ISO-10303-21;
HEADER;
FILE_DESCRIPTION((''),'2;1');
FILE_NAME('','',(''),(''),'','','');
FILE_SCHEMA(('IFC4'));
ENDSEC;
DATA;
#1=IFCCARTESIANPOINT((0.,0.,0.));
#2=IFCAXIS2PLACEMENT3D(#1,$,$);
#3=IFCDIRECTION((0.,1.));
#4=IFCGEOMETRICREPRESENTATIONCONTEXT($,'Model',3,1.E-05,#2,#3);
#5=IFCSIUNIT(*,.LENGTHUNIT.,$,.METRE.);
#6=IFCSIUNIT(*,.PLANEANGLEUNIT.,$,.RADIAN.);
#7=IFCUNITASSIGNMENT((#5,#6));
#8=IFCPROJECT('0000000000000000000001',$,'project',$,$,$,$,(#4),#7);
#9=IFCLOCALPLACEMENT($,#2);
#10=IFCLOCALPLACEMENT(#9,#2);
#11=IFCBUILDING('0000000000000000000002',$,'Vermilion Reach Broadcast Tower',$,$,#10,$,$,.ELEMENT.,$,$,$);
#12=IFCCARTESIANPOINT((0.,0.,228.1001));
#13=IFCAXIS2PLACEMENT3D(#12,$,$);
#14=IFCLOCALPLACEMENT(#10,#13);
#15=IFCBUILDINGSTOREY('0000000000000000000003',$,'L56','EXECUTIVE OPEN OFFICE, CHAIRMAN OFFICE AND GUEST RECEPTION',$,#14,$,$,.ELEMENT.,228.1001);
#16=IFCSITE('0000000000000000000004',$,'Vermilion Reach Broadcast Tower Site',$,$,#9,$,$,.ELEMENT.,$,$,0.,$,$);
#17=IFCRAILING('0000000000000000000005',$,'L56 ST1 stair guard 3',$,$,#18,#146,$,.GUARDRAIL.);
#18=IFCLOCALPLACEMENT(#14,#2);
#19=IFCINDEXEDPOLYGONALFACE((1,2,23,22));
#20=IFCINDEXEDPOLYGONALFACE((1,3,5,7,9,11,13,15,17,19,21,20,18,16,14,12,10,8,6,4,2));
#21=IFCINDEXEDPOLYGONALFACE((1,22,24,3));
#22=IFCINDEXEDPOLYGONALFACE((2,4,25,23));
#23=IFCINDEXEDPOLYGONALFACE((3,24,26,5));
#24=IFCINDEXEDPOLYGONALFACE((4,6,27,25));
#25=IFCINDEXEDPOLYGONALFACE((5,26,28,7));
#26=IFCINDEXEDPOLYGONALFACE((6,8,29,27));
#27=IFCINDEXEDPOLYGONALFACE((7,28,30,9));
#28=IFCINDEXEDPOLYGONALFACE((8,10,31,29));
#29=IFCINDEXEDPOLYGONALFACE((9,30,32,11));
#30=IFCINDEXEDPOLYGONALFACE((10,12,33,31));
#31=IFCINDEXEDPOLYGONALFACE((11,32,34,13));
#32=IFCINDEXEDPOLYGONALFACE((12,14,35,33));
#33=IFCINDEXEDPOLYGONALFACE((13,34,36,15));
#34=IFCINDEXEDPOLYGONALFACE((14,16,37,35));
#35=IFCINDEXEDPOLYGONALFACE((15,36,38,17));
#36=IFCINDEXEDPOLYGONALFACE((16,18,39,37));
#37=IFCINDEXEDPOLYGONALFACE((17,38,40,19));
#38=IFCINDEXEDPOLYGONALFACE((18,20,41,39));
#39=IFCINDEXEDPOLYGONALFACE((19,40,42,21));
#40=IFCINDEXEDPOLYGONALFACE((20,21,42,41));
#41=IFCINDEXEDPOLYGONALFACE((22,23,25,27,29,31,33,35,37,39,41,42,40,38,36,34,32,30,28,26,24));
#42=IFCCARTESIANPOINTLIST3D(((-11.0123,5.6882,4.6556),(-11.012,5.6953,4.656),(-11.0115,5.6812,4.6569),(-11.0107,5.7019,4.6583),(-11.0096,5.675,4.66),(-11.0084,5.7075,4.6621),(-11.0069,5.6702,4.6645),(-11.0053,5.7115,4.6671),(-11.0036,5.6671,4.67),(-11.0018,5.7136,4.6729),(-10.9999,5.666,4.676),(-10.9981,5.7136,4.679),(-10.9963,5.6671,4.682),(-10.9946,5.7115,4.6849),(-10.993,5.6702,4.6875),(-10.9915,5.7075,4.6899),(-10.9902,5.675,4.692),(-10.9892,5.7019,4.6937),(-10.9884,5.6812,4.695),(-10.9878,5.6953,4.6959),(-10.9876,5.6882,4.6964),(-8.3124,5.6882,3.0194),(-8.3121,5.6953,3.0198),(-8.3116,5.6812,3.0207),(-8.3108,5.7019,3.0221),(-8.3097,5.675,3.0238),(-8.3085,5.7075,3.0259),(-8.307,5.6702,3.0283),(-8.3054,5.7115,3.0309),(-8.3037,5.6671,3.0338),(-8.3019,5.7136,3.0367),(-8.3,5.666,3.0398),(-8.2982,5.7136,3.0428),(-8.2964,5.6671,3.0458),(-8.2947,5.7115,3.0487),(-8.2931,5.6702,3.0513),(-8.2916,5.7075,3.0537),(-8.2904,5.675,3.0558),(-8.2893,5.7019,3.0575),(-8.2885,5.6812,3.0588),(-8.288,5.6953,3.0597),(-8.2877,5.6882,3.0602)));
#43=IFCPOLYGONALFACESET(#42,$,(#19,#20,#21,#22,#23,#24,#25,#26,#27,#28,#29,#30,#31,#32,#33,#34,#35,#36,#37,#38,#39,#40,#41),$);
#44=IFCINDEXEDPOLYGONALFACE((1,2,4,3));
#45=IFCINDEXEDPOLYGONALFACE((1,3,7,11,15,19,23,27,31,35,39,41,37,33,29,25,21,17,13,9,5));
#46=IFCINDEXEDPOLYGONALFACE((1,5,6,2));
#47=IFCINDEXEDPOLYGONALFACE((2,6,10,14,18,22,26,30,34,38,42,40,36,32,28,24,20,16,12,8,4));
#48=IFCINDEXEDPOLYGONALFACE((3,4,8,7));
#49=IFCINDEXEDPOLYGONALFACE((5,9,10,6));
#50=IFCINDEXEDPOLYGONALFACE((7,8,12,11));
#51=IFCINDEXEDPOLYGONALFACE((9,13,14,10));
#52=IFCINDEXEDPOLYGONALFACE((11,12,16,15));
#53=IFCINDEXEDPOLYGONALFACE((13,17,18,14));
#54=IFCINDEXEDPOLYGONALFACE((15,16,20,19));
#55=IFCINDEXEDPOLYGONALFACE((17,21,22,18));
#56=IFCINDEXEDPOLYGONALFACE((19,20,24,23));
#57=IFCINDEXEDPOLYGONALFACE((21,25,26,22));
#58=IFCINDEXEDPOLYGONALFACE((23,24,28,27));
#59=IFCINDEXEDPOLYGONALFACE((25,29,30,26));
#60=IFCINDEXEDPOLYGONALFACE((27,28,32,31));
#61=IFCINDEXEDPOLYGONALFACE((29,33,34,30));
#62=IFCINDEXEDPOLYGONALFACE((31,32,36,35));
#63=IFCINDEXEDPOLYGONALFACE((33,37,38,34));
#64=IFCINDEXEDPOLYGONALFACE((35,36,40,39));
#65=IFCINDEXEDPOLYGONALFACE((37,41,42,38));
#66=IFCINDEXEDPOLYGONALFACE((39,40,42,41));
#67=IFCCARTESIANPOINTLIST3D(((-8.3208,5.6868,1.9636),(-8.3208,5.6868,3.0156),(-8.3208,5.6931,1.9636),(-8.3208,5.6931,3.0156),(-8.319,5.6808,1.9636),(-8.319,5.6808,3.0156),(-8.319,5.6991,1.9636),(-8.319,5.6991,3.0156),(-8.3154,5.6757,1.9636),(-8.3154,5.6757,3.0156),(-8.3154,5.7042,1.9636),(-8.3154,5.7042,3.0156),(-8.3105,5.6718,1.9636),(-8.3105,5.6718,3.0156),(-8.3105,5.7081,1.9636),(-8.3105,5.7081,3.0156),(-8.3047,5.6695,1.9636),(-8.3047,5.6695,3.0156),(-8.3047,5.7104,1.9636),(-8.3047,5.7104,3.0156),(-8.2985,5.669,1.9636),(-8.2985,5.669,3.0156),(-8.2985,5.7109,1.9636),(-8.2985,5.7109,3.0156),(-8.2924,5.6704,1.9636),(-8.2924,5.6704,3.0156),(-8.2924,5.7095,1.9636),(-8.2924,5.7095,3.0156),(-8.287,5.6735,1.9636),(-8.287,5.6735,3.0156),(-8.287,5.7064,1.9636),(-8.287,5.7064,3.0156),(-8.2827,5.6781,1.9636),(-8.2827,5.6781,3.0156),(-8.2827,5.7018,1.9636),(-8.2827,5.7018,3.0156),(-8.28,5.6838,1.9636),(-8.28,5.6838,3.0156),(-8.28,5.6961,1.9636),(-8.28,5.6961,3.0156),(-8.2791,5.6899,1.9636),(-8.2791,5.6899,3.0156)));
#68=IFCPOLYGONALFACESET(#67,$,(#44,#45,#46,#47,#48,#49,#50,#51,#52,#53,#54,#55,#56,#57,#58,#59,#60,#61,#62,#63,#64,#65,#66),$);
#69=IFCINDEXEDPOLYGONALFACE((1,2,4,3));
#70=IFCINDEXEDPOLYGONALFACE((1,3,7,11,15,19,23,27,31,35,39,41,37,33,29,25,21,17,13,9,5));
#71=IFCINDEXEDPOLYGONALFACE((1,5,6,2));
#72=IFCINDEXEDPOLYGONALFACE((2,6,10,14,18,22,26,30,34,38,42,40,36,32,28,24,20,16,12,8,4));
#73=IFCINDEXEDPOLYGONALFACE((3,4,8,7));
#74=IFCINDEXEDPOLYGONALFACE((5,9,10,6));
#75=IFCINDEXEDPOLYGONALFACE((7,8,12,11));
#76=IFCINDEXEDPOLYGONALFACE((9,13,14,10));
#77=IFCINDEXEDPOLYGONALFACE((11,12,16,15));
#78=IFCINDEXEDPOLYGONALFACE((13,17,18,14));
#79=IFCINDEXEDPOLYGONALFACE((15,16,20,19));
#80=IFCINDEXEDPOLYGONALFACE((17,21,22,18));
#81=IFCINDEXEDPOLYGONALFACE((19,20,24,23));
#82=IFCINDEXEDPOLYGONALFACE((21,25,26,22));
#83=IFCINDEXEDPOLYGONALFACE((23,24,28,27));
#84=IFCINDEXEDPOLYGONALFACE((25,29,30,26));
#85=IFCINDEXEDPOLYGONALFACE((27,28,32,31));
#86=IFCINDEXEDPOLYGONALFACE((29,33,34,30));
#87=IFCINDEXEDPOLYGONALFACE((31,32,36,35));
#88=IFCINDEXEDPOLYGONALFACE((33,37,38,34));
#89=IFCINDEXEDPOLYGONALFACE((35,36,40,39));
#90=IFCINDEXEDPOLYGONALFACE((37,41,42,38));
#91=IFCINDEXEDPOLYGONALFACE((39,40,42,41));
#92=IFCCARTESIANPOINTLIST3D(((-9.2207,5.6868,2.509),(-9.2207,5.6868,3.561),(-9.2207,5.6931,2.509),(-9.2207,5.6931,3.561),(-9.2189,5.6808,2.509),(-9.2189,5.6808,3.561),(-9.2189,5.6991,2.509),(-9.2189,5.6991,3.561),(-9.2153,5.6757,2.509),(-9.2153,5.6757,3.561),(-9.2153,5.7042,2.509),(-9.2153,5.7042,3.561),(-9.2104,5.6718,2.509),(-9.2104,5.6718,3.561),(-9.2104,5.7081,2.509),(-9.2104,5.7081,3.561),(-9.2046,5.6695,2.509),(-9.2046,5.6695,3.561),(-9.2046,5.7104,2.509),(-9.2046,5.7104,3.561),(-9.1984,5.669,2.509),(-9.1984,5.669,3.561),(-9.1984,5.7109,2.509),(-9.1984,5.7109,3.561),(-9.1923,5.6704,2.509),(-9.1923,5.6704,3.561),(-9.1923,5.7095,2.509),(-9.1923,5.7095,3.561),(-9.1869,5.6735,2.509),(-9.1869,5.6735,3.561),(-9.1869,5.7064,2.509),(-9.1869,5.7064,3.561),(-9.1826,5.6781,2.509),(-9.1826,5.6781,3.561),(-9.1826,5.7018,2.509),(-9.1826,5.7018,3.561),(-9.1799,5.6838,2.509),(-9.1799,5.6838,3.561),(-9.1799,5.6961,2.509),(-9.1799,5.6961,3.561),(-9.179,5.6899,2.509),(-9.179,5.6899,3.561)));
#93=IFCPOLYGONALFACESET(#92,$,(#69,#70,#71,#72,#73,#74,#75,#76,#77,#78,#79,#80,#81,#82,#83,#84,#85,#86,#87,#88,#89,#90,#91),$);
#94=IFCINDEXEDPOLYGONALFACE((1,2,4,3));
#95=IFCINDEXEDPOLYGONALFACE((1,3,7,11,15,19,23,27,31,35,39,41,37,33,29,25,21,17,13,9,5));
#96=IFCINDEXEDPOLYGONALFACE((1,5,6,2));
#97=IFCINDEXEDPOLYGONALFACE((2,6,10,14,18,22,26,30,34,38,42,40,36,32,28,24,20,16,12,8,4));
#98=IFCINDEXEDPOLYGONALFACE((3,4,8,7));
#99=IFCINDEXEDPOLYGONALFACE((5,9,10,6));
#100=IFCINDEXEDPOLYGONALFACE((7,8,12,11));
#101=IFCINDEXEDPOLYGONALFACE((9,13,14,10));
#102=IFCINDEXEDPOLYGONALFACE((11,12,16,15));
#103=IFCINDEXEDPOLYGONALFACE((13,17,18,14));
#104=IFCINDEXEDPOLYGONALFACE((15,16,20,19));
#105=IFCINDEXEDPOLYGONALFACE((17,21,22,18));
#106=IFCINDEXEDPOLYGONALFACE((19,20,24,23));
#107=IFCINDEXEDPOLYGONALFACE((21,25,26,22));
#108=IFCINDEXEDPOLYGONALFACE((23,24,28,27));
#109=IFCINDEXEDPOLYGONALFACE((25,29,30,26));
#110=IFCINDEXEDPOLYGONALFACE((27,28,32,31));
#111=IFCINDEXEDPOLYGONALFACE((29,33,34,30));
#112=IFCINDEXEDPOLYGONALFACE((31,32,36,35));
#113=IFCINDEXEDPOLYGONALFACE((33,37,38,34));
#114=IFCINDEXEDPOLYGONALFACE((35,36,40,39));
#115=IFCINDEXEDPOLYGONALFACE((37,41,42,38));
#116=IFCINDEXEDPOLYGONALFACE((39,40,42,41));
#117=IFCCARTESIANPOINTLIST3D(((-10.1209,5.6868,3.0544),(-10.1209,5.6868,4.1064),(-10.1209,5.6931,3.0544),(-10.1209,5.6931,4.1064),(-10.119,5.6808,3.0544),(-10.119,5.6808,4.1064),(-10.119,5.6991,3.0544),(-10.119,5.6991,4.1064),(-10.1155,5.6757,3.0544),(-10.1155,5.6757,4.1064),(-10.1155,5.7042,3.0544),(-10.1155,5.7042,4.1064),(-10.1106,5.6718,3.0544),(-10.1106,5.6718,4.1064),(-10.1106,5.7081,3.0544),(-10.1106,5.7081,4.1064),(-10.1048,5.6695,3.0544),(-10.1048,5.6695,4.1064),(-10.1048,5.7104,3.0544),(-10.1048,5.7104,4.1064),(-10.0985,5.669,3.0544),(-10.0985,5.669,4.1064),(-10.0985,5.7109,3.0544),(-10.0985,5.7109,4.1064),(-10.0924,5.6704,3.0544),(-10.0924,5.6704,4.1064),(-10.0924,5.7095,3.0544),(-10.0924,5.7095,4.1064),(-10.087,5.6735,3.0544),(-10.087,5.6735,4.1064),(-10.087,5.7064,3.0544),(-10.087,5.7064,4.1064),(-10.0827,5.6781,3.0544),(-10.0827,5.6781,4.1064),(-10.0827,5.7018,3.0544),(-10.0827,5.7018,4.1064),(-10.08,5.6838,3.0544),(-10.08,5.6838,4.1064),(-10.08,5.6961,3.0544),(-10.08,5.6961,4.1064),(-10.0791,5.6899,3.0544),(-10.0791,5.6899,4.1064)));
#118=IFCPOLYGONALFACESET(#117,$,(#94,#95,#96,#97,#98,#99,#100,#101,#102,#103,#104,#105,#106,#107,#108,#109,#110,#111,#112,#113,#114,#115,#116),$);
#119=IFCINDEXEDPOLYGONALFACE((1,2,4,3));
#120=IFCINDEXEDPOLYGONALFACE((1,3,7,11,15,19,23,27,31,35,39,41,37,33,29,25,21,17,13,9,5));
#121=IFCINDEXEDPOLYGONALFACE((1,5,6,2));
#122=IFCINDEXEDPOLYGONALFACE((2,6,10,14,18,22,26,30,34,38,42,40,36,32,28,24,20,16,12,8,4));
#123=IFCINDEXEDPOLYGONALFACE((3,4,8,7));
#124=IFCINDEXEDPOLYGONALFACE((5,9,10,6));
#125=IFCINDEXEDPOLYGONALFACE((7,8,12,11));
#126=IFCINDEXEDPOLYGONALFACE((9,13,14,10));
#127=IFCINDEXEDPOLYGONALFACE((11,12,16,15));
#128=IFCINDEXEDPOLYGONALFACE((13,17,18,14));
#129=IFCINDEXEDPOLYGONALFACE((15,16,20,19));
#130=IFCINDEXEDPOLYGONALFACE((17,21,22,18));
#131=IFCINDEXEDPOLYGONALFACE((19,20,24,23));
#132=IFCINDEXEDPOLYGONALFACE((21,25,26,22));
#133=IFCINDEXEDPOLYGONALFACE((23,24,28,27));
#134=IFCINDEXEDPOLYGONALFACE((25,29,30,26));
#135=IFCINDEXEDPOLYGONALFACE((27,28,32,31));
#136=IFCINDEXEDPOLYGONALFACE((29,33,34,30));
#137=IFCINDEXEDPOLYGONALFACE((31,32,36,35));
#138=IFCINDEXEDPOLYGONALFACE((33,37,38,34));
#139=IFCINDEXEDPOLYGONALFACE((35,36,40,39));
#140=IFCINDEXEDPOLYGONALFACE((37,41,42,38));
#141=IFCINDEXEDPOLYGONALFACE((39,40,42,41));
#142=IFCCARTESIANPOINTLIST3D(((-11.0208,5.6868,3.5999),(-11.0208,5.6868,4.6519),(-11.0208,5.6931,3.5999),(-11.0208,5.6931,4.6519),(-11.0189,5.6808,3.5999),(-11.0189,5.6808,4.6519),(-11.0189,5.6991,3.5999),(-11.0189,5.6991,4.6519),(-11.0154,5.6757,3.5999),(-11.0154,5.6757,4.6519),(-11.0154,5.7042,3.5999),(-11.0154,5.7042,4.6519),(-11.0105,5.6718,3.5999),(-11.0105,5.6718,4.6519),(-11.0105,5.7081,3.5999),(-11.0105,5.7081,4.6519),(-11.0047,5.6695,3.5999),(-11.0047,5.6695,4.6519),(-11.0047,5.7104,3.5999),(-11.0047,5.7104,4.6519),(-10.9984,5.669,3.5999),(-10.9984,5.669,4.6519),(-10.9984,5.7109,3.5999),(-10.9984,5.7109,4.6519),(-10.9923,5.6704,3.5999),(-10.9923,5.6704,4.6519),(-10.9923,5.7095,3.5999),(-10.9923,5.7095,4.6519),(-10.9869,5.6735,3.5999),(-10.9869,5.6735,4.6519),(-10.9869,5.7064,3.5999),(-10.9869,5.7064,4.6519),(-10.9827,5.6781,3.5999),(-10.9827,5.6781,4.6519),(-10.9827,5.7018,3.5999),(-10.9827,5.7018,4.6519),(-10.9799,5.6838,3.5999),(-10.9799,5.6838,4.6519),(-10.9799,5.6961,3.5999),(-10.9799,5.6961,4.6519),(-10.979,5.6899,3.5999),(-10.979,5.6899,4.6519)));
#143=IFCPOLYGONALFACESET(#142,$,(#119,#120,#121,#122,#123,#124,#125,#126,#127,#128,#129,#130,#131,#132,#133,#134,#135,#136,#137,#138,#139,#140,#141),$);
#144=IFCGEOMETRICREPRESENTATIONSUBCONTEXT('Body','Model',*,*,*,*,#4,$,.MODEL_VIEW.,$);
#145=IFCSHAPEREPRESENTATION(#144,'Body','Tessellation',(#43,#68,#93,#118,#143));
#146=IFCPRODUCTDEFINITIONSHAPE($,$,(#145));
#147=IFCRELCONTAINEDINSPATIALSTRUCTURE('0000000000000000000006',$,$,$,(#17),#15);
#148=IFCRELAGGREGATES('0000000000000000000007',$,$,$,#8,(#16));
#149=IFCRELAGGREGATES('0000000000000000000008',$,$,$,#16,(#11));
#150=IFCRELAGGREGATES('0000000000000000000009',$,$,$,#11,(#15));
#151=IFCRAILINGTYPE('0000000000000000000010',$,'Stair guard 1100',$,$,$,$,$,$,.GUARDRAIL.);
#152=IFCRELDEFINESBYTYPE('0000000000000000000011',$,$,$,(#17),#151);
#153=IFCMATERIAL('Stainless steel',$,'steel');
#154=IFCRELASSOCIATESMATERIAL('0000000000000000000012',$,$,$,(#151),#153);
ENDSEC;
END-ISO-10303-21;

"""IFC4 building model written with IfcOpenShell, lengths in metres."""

from ifc_helpers import new_model, si_unit, direction, frame, origin, origin_2d, place, context, subcontext, project, spatial, circle, extrude, material, type_object, element, save


model = new_model("IFC4")

# Units and contexts
model_context = context("Model", 3, precision=1e-05, world=origin(), true_north=direction((0.0, 1.0)))
body_context = subcontext(model_context, "Body", "Model", "MODEL_VIEW")
ifc_project = project(units=[si_unit("LENGTHUNIT", "METRE"), si_unit("PLANEANGLEUNIT", "RADIAN")], contexts=[model_context])

# Site, building, storey
site_placement = place(None, origin())
site = spatial("IfcSite", under=ifc_project, at=site_placement, Name="Vermilion Reach Broadcast Tower Site", CompositionType="ELEMENT", RefElevation=0.0)
building_placement = place(site_placement, origin())
building = spatial("IfcBuilding", under=site, at=building_placement, Name="Vermilion Reach Broadcast Tower", CompositionType="ELEMENT")
storey_placement = place(building_placement, frame((0.0, 0.0, 228.1001)))
storey = spatial("IfcBuildingStorey", under=building, at=storey_placement, Name="L56", Description="EXECUTIVE OPEN OFFICE, CHAIRMAN OFFICE AND GUEST RECEPTION", CompositionType="ELEMENT", Elevation=228.1001)

# Railing
ifc_material_1 = material(Name="Stainless steel", Category="steel")
railing_type_1 = type_object("IfcRailingType", Name="Stair guard 1100", PredefinedType="GUARDRAIL", material=ifc_material_1)
railing_1_placement = place(storey_placement, frame((-8.3, 5.6899, 1.9636)))
element("IfcRailing", 1, at=railing_1_placement, inside=storey, type_object=railing_type_1, Name="L56 ST1 stair guard 3", PredefinedType="GUARDRAIL", context=body_context, shape_type="SweptSolid", body=[
    extrude(circle(Radius=0.0239, at=origin_2d()), frame((0.0, 0.0, 1.0762), z_axis=(-0.855212, 0.0, 0.518278), x_axis=(0.0, -1.0, 0.0)), (0.0, 0.0, 1.0), 3.157),
    extrude(circle(Radius=0.021, at=origin_2d()), origin(), (0.0, 0.0, 1.0), 1.052),
    extrude(circle(Radius=0.021, at=origin_2d()), frame((-0.8999, 0.0, 0.5454)), (0.0, 0.0, 1.0), 1.052),
    extrude(circle(Radius=0.021, at=origin_2d()), frame((-1.8, 0.0, 1.0908)), (0.0, 0.0, 1.0), 1.052),
    extrude(circle(Radius=0.021, at=origin_2d()), frame((-2.7, 0.0, 1.6362)), (0.0, 0.0, 1.0), 1.052),
])

save(model, "model.ifc")
